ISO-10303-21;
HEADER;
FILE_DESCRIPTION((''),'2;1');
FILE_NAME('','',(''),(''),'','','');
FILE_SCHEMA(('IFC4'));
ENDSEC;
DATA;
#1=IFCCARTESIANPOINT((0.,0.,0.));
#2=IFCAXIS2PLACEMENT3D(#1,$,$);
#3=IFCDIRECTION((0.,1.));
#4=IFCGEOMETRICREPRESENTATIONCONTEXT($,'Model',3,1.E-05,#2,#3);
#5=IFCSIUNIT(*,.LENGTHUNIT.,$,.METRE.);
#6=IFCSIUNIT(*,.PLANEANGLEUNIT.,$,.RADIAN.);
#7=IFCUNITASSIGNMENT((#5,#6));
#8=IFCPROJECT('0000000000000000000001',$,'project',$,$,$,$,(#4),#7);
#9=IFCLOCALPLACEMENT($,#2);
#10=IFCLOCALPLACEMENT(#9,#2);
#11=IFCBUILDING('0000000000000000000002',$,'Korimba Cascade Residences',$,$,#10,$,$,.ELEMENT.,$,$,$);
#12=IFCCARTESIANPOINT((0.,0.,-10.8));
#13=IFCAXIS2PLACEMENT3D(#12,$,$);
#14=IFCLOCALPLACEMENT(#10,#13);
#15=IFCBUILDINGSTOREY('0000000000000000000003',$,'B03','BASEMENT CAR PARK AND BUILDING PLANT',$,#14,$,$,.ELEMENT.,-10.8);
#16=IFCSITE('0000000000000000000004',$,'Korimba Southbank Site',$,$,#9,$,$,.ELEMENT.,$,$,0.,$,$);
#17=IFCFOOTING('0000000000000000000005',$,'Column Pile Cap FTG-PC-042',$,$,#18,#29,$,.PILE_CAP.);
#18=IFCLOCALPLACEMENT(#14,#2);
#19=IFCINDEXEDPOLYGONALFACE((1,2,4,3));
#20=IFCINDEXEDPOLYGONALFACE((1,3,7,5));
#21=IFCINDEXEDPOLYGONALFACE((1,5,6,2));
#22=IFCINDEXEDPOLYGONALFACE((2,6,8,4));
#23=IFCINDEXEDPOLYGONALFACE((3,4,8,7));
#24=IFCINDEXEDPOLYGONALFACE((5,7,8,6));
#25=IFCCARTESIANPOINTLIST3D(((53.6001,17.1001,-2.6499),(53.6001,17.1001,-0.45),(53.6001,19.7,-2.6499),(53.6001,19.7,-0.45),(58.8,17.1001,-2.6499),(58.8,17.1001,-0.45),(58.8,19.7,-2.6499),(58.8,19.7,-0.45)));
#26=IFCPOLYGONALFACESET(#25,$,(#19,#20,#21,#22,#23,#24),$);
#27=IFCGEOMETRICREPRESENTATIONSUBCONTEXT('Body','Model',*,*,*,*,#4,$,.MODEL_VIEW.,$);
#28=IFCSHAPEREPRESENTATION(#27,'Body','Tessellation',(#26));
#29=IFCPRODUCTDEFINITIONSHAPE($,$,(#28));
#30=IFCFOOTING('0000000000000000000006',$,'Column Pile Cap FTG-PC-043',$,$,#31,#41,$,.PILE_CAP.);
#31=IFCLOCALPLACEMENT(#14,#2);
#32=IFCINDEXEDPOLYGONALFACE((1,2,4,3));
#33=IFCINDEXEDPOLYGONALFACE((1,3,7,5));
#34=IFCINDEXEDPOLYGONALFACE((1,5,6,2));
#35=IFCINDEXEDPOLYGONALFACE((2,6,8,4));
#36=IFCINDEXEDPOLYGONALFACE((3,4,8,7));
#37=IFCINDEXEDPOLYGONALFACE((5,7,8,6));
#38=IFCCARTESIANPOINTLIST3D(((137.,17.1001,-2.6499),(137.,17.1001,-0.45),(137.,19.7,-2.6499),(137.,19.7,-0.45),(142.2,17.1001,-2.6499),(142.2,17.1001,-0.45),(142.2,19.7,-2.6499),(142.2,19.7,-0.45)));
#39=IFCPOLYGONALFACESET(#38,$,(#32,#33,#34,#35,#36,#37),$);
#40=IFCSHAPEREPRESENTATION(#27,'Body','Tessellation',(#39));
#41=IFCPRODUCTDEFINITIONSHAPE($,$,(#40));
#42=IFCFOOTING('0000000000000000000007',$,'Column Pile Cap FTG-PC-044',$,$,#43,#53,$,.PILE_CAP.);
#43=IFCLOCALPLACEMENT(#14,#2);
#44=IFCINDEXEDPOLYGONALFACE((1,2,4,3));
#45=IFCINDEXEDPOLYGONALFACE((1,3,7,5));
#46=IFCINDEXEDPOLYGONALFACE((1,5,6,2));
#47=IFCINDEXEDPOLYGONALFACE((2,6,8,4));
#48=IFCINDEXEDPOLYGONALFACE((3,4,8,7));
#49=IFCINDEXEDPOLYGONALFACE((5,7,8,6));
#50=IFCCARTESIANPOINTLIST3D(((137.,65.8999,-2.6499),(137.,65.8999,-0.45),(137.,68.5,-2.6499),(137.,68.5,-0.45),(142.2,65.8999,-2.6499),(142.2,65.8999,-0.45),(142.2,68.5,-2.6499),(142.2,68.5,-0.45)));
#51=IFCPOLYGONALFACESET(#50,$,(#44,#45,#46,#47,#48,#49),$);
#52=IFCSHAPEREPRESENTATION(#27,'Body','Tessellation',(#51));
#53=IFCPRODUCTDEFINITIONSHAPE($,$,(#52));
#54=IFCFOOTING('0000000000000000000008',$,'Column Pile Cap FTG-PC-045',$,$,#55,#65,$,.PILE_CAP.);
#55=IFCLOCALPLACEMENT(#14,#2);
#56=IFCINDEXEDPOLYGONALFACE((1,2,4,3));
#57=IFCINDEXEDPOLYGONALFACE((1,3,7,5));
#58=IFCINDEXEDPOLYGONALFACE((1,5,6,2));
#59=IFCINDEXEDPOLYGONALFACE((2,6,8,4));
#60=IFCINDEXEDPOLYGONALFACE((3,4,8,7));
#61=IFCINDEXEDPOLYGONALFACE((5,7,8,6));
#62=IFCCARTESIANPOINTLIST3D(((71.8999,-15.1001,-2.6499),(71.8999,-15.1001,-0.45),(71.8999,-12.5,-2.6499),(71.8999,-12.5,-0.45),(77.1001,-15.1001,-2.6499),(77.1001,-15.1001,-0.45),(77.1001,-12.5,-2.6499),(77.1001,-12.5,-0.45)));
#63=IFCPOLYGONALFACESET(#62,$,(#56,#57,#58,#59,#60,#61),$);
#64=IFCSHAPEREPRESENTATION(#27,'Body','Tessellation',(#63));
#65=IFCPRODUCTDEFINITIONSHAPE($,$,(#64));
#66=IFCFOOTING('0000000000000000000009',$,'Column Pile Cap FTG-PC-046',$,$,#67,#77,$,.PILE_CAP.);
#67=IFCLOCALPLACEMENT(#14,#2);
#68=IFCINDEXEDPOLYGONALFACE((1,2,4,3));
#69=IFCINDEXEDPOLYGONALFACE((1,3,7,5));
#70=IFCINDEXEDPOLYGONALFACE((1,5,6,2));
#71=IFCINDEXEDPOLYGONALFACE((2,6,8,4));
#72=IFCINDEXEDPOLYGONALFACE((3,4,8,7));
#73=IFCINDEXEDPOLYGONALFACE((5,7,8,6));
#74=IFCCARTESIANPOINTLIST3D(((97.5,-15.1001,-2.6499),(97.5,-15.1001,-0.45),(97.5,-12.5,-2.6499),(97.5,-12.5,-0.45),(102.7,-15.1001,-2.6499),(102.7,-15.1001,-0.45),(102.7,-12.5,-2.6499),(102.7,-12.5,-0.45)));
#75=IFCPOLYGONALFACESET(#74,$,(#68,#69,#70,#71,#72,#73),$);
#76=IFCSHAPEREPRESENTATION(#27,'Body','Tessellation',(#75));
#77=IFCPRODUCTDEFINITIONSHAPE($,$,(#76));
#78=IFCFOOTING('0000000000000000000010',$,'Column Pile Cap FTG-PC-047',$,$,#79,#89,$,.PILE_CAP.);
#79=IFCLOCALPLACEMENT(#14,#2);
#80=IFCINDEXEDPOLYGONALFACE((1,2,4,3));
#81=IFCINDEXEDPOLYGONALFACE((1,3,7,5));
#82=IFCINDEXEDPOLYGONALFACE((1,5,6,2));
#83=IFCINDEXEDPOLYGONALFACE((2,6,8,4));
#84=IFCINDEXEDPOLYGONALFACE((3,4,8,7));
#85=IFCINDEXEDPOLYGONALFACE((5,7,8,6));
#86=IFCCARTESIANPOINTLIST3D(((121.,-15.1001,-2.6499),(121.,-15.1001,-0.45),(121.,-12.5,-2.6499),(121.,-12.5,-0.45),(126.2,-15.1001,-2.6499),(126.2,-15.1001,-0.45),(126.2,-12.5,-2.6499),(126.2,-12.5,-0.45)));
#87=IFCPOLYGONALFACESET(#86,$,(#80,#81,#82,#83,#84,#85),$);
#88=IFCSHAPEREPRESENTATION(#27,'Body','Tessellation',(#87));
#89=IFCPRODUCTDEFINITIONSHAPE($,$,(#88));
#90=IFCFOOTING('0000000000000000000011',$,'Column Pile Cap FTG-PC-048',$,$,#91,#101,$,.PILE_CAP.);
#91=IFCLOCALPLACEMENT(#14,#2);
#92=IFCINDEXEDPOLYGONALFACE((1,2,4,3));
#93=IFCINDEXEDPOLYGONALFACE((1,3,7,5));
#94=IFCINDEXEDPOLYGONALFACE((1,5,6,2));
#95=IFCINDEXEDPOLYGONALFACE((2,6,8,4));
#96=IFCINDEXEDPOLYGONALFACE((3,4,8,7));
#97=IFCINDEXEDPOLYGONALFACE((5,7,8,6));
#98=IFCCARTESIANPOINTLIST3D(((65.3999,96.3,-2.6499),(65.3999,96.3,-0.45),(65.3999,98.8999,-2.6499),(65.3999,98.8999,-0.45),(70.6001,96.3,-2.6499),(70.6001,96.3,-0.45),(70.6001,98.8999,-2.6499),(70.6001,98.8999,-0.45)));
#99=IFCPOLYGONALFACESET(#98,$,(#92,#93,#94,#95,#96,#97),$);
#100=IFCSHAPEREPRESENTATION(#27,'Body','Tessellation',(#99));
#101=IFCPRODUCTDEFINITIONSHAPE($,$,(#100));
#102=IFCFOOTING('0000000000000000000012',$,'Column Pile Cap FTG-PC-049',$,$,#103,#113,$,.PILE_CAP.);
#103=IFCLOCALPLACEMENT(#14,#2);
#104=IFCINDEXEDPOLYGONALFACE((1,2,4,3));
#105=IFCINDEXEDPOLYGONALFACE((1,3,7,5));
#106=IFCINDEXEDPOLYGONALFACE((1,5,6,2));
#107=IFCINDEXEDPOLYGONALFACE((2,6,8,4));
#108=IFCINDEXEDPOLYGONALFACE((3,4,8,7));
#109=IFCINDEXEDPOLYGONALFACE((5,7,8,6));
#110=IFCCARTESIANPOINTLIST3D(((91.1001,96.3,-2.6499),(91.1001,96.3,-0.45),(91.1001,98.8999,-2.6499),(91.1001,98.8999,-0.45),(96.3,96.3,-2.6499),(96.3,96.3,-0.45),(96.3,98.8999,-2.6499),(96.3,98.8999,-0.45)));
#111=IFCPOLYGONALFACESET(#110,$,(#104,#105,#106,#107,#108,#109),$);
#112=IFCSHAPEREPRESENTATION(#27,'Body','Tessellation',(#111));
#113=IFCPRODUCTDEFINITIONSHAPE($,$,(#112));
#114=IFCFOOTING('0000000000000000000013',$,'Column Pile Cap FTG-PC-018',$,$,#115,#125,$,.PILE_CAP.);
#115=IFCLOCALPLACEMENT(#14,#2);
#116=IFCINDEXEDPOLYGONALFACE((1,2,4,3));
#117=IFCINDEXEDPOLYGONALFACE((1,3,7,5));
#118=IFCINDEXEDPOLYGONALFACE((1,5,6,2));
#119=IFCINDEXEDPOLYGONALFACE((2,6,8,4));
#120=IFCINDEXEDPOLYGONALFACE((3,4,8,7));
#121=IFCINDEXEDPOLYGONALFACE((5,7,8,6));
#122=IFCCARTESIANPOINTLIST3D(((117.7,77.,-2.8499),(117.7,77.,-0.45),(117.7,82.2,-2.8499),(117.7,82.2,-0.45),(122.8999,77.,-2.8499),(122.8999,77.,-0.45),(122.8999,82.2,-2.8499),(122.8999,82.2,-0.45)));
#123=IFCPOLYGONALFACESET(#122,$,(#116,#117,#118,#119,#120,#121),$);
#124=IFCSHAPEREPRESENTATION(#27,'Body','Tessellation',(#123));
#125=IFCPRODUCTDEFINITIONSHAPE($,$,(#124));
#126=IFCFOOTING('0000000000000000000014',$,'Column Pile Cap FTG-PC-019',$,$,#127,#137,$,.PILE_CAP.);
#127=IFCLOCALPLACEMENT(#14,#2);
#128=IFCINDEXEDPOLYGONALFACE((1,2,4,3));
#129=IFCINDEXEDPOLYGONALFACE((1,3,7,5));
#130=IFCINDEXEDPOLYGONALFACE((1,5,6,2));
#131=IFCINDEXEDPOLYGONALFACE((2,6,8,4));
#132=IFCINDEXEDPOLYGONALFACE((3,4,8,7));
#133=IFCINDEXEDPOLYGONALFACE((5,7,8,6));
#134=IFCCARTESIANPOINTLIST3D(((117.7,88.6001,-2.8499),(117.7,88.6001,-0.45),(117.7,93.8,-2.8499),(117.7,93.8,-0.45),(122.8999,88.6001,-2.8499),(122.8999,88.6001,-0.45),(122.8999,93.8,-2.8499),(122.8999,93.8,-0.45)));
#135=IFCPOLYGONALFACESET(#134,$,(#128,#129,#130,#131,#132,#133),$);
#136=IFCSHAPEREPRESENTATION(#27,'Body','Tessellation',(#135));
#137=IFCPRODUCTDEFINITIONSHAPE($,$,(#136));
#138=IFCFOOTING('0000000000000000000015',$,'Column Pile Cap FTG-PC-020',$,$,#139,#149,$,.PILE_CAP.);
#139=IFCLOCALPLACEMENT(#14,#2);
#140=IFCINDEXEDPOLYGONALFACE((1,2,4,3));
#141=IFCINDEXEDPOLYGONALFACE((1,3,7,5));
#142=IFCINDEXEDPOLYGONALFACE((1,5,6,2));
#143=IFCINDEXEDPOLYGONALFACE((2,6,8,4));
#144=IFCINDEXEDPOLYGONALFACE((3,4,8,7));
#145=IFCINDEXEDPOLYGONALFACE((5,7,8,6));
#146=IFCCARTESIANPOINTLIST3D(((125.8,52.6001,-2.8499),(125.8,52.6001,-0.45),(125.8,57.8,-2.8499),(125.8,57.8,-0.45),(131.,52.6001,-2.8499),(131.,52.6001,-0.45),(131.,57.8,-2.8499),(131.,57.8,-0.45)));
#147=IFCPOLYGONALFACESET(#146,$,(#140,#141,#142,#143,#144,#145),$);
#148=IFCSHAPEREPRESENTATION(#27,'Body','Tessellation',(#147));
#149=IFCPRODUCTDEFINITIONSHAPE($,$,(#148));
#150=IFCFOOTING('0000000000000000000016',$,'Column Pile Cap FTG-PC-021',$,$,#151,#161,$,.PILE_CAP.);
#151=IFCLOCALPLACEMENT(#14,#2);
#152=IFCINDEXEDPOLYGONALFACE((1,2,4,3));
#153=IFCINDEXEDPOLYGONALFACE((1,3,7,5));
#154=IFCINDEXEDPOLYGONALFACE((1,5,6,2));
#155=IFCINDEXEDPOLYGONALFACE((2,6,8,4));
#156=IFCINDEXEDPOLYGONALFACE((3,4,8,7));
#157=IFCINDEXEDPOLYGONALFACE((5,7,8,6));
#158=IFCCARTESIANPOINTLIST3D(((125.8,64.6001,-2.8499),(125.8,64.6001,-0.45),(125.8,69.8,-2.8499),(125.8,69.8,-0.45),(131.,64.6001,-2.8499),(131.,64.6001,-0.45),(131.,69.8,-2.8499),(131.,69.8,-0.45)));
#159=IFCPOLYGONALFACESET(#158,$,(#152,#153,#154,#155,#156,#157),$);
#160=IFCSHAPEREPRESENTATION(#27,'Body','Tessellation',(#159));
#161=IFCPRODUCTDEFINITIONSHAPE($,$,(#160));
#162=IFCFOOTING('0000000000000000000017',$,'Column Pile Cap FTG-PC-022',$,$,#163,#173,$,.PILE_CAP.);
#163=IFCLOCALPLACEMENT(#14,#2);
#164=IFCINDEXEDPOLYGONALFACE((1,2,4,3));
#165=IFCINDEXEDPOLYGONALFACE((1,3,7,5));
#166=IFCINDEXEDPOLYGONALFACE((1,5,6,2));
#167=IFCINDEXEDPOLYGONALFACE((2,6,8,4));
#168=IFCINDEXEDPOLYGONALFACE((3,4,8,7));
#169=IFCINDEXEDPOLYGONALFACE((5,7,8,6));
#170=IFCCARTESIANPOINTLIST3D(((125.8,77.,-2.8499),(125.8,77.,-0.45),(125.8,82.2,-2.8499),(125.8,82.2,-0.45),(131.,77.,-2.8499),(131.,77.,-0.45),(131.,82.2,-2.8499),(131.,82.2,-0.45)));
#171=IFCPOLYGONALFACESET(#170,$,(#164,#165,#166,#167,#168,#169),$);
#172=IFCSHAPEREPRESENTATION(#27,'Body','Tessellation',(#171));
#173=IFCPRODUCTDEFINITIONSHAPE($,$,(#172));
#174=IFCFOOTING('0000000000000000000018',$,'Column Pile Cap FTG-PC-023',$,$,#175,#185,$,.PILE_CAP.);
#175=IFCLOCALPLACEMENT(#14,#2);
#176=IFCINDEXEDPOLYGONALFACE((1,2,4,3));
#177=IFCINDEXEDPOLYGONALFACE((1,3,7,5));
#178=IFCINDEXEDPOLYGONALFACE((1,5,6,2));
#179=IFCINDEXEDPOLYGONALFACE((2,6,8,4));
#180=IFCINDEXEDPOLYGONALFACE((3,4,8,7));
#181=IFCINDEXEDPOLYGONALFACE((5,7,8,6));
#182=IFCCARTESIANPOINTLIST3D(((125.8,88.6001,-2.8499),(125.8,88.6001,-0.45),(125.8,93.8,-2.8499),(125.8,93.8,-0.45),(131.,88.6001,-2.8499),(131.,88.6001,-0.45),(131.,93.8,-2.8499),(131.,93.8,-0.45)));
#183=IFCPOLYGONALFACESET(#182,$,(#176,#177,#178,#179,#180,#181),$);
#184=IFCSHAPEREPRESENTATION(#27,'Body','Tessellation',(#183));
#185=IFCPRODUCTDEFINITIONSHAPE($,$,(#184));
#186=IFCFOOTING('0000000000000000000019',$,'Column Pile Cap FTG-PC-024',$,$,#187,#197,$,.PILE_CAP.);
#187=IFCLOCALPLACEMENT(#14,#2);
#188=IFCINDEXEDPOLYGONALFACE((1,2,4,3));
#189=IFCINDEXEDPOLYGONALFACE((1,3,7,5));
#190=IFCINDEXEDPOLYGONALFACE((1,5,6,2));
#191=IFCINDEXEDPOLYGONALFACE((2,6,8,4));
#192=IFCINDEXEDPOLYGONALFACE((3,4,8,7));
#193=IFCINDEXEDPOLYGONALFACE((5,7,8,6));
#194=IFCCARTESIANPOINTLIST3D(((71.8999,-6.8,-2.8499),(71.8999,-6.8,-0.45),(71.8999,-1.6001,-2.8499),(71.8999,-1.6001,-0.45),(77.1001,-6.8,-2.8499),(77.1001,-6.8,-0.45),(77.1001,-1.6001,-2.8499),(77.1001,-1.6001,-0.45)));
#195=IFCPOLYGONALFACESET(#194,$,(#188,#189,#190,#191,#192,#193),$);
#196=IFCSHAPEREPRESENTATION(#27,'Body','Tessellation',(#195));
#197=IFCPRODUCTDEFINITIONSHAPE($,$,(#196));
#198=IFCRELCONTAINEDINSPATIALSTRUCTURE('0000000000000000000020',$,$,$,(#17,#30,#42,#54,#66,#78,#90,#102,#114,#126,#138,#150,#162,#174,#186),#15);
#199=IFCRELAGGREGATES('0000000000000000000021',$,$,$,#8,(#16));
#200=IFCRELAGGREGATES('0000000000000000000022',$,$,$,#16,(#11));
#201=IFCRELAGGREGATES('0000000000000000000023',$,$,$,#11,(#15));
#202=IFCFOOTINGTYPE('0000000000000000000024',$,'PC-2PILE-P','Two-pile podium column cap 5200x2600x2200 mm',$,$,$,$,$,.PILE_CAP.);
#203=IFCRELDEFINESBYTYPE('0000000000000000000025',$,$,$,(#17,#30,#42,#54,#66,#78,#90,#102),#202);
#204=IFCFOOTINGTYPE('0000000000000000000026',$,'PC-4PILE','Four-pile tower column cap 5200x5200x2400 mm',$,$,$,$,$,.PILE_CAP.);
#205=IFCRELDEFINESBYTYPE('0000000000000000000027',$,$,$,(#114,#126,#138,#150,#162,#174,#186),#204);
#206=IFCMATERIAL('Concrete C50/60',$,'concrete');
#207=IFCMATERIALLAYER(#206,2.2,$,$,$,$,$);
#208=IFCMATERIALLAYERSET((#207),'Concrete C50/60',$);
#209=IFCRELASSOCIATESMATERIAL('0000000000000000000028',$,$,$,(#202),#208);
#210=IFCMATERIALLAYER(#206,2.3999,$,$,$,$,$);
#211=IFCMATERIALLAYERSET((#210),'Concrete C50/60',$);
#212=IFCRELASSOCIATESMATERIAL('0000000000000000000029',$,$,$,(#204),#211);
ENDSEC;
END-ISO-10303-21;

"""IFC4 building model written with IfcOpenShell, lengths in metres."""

from ifc_helpers import new_model, si_unit, direction, frame, origin, place, context, subcontext, project, spatial, polyline, outline, extrude, material, layer, layer_set, type_object, element, save


model = new_model("IFC4")

# Units and contexts
model_context = context("Model", 3, precision=1e-05, world=origin(), true_north=direction((0.0, 1.0)))
body_context = subcontext(model_context, "Body", "Model", "MODEL_VIEW")
ifc_project = project(units=[si_unit("LENGTHUNIT", "METRE"), si_unit("PLANEANGLEUNIT", "RADIAN")], contexts=[model_context])

# Site, building, storey
site_placement = place(None, origin())
site = spatial("IfcSite", under=ifc_project, at=site_placement, Name="Korimba Southbank Site", CompositionType="ELEMENT", RefElevation=0.0)
building_placement = place(site_placement, origin())
building = spatial("IfcBuilding", under=site, at=building_placement, Name="Korimba Cascade Residences", CompositionType="ELEMENT")
storey_placement = place(building_placement, frame((0.0, 0.0, -10.8)))
storey = spatial("IfcBuildingStorey", under=building, at=storey_placement, Name="B03", Description="BASEMENT CAR PARK AND BUILDING PLANT", CompositionType="ELEMENT", Elevation=-10.8)

# Footings
ifc_material = material(Name="Concrete C50/60", Category="concrete")
ifc_layer_1 = layer(ifc_material, 2.2)
ifc_layer_set_1 = layer_set([ifc_layer_1], Name="Concrete C50/60")
footing_type_1 = type_object("IfcFootingType", Name="PC-2PILE-P", Description="Two-pile podium column cap 5200x2600x2200 mm", PredefinedType="PILE_CAP", material=ifc_layer_set_1)
footing_1_placement = place(storey_placement, frame((0.0, 0.0, -2.6499)))
element("IfcFooting", 1, at=footing_1_placement, inside=storey, type_object=footing_type_1, Name="Column Pile Cap FTG-PC-042", PredefinedType="PILE_CAP", context=body_context, shape_type="SweptSolid", body=[
    extrude(outline(polyline([(53.6001, 17.1001), (58.8, 17.1001), (58.8, 19.7), (53.6001, 19.7), (53.6001, 17.1001)])), origin(), (0.0, 0.0, 1.0), 2.2),
])
footing_2_placement = place(storey_placement, frame((0.0, 0.0, -2.6499)))
element("IfcFooting", 2, at=footing_2_placement, inside=storey, type_object=footing_type_1, Name="Column Pile Cap FTG-PC-043", PredefinedType="PILE_CAP", context=body_context, shape_type="SweptSolid", body=[
    extrude(outline(polyline([(137.0, 17.1001), (142.2, 17.1001), (142.2, 19.7), (137.0, 19.7), (137.0, 17.1001)])), origin(), (0.0, 0.0, 1.0), 2.2),
])
footing_3_placement = place(storey_placement, frame((0.0, 0.0, -2.6499)))
element("IfcFooting", 3, at=footing_3_placement, inside=storey, type_object=footing_type_1, Name="Column Pile Cap FTG-PC-044", PredefinedType="PILE_CAP", context=body_context, shape_type="SweptSolid", body=[
    extrude(outline(polyline([(137.0, 65.8999), (142.2, 65.8999), (142.2, 68.5), (137.0, 68.5), (137.0, 65.8999)])), origin(), (0.0, 0.0, 1.0), 2.2),
])
footing_4_placement = place(storey_placement, frame((0.0, 0.0, -2.6499)))
element("IfcFooting", 4, at=footing_4_placement, inside=storey, type_object=footing_type_1, Name="Column Pile Cap FTG-PC-045", PredefinedType="PILE_CAP", context=body_context, shape_type="SweptSolid", body=[
    extrude(outline(polyline([(71.8999, -15.1001), (77.1001, -15.1001), (77.1001, -12.5), (71.8999, -12.5), (71.8999, -15.1001)])), origin(), (0.0, 0.0, 1.0), 2.2),
])
footing_5_placement = place(storey_placement, frame((0.0, 0.0, -2.6499)))
element("IfcFooting", 5, at=footing_5_placement, inside=storey, type_object=footing_type_1, Name="Column Pile Cap FTG-PC-046", PredefinedType="PILE_CAP", context=body_context, shape_type="SweptSolid", body=[
    extrude(outline(polyline([(97.5, -15.1001), (102.7, -15.1001), (102.7, -12.5), (97.5, -12.5), (97.5, -15.1001)])), origin(), (0.0, 0.0, 1.0), 2.2),
])
footing_6_placement = place(storey_placement, frame((0.0, 0.0, -2.6499)))
element("IfcFooting", 6, at=footing_6_placement, inside=storey, type_object=footing_type_1, Name="Column Pile Cap FTG-PC-047", PredefinedType="PILE_CAP", context=body_context, shape_type="SweptSolid", body=[
    extrude(outline(polyline([(121.0, -15.1001), (126.2, -15.1001), (126.2, -12.5), (121.0, -12.5), (121.0, -15.1001)])), origin(), (0.0, 0.0, 1.0), 2.2),
])
footing_7_placement = place(storey_placement, frame((0.0, 0.0, -2.6499)))
element("IfcFooting", 7, at=footing_7_placement, inside=storey, type_object=footing_type_1, Name="Column Pile Cap FTG-PC-048", PredefinedType="PILE_CAP", context=body_context, shape_type="SweptSolid", body=[
    extrude(outline(polyline([(65.3999, 96.3), (70.6001, 96.3), (70.6001, 98.8999), (65.3999, 98.8999), (65.3999, 96.3)])), origin(), (0.0, 0.0, 1.0), 2.2),
])
footing_8_placement = place(storey_placement, frame((0.0, 0.0, -2.6499)))
element("IfcFooting", 8, at=footing_8_placement, inside=storey, type_object=footing_type_1, Name="Column Pile Cap FTG-PC-049", PredefinedType="PILE_CAP", context=body_context, shape_type="SweptSolid", body=[
    extrude(outline(polyline([(91.1001, 96.3), (96.3, 96.3), (96.3, 98.8999), (91.1001, 98.8999), (91.1001, 96.3)])), origin(), (0.0, 0.0, 1.0), 2.2),
])
ifc_layer_2 = layer(ifc_material, 2.3999)
ifc_layer_set_2 = layer_set([ifc_layer_2], Name="Concrete C50/60")
footing_type_2 = type_object("IfcFootingType", Name="PC-4PILE", Description="Four-pile tower column cap 5200x5200x2400 mm", PredefinedType="PILE_CAP", material=ifc_layer_set_2)
footing_9_placement = place(storey_placement, frame((0.0, 0.0, -2.8499)))
element("IfcFooting", 9, at=footing_9_placement, inside=storey, type_object=footing_type_2, Name="Column Pile Cap FTG-PC-018", PredefinedType="PILE_CAP", context=body_context, shape_type="SweptSolid", body=[
    extrude(outline(polyline([(117.7, 77.0), (122.8999, 77.0), (122.8999, 82.2), (117.7, 82.2), (117.7, 77.0)])), origin(), (0.0, 0.0, 1.0), 2.3999),
])
footing_10_placement = place(storey_placement, frame((0.0, 0.0, -2.8499)))
element("IfcFooting", 10, at=footing_10_placement, inside=storey, type_object=footing_type_2, Name="Column Pile Cap FTG-PC-019", PredefinedType="PILE_CAP", context=body_context, shape_type="SweptSolid", body=[
    extrude(outline(polyline([(117.7, 88.6001), (122.8999, 88.6001), (122.8999, 93.8), (117.7, 93.8), (117.7, 88.6001)])), origin(), (0.0, 0.0, 1.0), 2.3999),
])
footing_11_placement = place(storey_placement, frame((0.0, 0.0, -2.8499)))
element("IfcFooting", 11, at=footing_11_placement, inside=storey, type_object=footing_type_2, Name="Column Pile Cap FTG-PC-020", PredefinedType="PILE_CAP", context=body_context, shape_type="SweptSolid", body=[
    extrude(outline(polyline([(125.8, 52.6001), (131.0, 52.6001), (131.0, 57.8), (125.8, 57.8), (125.8, 52.6001)])), origin(), (0.0, 0.0, 1.0), 2.3999),
])
footing_12_placement = place(storey_placement, frame((0.0, 0.0, -2.8499)))
element("IfcFooting", 12, at=footing_12_placement, inside=storey, type_object=footing_type_2, Name="Column Pile Cap FTG-PC-021", PredefinedType="PILE_CAP", context=body_context, shape_type="SweptSolid", body=[
    extrude(outline(polyline([(125.8, 64.6001), (131.0, 64.6001), (131.0, 69.8), (125.8, 69.8), (125.8, 64.6001)])), origin(), (0.0, 0.0, 1.0), 2.3999),
])
footing_13_placement = place(storey_placement, frame((0.0, 0.0, -2.8499)))
element("IfcFooting", 13, at=footing_13_placement, inside=storey, type_object=footing_type_2, Name="Column Pile Cap FTG-PC-022", PredefinedType="PILE_CAP", context=body_context, shape_type="SweptSolid", body=[
    extrude(outline(polyline([(125.8, 77.0), (131.0, 77.0), (131.0, 82.2), (125.8, 82.2), (125.8, 77.0)])), origin(), (0.0, 0.0, 1.0), 2.3999),
])
footing_14_placement = place(storey_placement, frame((0.0, 0.0, -2.8499)))
element("IfcFooting", 14, at=footing_14_placement, inside=storey, type_object=footing_type_2, Name="Column Pile Cap FTG-PC-023", PredefinedType="PILE_CAP", context=body_context, shape_type="SweptSolid", body=[
    extrude(outline(polyline([(125.8, 88.6001), (131.0, 88.6001), (131.0, 93.8), (125.8, 93.8), (125.8, 88.6001)])), origin(), (0.0, 0.0, 1.0), 2.3999),
])
footing_15_placement = place(storey_placement, frame((0.0, 0.0, -2.8499)))
element("IfcFooting", 15, at=footing_15_placement, inside=storey, type_object=footing_type_2, Name="Column Pile Cap FTG-PC-024", PredefinedType="PILE_CAP", context=body_context, shape_type="SweptSolid", body=[
    extrude(outline(polyline([(71.8999, -6.8), (77.1001, -6.8), (77.1001, -1.6001), (71.8999, -1.6001), (71.8999, -6.8)])), origin(), (0.0, 0.0, 1.0), 2.3999),
])

save(model, "model.ifc")
